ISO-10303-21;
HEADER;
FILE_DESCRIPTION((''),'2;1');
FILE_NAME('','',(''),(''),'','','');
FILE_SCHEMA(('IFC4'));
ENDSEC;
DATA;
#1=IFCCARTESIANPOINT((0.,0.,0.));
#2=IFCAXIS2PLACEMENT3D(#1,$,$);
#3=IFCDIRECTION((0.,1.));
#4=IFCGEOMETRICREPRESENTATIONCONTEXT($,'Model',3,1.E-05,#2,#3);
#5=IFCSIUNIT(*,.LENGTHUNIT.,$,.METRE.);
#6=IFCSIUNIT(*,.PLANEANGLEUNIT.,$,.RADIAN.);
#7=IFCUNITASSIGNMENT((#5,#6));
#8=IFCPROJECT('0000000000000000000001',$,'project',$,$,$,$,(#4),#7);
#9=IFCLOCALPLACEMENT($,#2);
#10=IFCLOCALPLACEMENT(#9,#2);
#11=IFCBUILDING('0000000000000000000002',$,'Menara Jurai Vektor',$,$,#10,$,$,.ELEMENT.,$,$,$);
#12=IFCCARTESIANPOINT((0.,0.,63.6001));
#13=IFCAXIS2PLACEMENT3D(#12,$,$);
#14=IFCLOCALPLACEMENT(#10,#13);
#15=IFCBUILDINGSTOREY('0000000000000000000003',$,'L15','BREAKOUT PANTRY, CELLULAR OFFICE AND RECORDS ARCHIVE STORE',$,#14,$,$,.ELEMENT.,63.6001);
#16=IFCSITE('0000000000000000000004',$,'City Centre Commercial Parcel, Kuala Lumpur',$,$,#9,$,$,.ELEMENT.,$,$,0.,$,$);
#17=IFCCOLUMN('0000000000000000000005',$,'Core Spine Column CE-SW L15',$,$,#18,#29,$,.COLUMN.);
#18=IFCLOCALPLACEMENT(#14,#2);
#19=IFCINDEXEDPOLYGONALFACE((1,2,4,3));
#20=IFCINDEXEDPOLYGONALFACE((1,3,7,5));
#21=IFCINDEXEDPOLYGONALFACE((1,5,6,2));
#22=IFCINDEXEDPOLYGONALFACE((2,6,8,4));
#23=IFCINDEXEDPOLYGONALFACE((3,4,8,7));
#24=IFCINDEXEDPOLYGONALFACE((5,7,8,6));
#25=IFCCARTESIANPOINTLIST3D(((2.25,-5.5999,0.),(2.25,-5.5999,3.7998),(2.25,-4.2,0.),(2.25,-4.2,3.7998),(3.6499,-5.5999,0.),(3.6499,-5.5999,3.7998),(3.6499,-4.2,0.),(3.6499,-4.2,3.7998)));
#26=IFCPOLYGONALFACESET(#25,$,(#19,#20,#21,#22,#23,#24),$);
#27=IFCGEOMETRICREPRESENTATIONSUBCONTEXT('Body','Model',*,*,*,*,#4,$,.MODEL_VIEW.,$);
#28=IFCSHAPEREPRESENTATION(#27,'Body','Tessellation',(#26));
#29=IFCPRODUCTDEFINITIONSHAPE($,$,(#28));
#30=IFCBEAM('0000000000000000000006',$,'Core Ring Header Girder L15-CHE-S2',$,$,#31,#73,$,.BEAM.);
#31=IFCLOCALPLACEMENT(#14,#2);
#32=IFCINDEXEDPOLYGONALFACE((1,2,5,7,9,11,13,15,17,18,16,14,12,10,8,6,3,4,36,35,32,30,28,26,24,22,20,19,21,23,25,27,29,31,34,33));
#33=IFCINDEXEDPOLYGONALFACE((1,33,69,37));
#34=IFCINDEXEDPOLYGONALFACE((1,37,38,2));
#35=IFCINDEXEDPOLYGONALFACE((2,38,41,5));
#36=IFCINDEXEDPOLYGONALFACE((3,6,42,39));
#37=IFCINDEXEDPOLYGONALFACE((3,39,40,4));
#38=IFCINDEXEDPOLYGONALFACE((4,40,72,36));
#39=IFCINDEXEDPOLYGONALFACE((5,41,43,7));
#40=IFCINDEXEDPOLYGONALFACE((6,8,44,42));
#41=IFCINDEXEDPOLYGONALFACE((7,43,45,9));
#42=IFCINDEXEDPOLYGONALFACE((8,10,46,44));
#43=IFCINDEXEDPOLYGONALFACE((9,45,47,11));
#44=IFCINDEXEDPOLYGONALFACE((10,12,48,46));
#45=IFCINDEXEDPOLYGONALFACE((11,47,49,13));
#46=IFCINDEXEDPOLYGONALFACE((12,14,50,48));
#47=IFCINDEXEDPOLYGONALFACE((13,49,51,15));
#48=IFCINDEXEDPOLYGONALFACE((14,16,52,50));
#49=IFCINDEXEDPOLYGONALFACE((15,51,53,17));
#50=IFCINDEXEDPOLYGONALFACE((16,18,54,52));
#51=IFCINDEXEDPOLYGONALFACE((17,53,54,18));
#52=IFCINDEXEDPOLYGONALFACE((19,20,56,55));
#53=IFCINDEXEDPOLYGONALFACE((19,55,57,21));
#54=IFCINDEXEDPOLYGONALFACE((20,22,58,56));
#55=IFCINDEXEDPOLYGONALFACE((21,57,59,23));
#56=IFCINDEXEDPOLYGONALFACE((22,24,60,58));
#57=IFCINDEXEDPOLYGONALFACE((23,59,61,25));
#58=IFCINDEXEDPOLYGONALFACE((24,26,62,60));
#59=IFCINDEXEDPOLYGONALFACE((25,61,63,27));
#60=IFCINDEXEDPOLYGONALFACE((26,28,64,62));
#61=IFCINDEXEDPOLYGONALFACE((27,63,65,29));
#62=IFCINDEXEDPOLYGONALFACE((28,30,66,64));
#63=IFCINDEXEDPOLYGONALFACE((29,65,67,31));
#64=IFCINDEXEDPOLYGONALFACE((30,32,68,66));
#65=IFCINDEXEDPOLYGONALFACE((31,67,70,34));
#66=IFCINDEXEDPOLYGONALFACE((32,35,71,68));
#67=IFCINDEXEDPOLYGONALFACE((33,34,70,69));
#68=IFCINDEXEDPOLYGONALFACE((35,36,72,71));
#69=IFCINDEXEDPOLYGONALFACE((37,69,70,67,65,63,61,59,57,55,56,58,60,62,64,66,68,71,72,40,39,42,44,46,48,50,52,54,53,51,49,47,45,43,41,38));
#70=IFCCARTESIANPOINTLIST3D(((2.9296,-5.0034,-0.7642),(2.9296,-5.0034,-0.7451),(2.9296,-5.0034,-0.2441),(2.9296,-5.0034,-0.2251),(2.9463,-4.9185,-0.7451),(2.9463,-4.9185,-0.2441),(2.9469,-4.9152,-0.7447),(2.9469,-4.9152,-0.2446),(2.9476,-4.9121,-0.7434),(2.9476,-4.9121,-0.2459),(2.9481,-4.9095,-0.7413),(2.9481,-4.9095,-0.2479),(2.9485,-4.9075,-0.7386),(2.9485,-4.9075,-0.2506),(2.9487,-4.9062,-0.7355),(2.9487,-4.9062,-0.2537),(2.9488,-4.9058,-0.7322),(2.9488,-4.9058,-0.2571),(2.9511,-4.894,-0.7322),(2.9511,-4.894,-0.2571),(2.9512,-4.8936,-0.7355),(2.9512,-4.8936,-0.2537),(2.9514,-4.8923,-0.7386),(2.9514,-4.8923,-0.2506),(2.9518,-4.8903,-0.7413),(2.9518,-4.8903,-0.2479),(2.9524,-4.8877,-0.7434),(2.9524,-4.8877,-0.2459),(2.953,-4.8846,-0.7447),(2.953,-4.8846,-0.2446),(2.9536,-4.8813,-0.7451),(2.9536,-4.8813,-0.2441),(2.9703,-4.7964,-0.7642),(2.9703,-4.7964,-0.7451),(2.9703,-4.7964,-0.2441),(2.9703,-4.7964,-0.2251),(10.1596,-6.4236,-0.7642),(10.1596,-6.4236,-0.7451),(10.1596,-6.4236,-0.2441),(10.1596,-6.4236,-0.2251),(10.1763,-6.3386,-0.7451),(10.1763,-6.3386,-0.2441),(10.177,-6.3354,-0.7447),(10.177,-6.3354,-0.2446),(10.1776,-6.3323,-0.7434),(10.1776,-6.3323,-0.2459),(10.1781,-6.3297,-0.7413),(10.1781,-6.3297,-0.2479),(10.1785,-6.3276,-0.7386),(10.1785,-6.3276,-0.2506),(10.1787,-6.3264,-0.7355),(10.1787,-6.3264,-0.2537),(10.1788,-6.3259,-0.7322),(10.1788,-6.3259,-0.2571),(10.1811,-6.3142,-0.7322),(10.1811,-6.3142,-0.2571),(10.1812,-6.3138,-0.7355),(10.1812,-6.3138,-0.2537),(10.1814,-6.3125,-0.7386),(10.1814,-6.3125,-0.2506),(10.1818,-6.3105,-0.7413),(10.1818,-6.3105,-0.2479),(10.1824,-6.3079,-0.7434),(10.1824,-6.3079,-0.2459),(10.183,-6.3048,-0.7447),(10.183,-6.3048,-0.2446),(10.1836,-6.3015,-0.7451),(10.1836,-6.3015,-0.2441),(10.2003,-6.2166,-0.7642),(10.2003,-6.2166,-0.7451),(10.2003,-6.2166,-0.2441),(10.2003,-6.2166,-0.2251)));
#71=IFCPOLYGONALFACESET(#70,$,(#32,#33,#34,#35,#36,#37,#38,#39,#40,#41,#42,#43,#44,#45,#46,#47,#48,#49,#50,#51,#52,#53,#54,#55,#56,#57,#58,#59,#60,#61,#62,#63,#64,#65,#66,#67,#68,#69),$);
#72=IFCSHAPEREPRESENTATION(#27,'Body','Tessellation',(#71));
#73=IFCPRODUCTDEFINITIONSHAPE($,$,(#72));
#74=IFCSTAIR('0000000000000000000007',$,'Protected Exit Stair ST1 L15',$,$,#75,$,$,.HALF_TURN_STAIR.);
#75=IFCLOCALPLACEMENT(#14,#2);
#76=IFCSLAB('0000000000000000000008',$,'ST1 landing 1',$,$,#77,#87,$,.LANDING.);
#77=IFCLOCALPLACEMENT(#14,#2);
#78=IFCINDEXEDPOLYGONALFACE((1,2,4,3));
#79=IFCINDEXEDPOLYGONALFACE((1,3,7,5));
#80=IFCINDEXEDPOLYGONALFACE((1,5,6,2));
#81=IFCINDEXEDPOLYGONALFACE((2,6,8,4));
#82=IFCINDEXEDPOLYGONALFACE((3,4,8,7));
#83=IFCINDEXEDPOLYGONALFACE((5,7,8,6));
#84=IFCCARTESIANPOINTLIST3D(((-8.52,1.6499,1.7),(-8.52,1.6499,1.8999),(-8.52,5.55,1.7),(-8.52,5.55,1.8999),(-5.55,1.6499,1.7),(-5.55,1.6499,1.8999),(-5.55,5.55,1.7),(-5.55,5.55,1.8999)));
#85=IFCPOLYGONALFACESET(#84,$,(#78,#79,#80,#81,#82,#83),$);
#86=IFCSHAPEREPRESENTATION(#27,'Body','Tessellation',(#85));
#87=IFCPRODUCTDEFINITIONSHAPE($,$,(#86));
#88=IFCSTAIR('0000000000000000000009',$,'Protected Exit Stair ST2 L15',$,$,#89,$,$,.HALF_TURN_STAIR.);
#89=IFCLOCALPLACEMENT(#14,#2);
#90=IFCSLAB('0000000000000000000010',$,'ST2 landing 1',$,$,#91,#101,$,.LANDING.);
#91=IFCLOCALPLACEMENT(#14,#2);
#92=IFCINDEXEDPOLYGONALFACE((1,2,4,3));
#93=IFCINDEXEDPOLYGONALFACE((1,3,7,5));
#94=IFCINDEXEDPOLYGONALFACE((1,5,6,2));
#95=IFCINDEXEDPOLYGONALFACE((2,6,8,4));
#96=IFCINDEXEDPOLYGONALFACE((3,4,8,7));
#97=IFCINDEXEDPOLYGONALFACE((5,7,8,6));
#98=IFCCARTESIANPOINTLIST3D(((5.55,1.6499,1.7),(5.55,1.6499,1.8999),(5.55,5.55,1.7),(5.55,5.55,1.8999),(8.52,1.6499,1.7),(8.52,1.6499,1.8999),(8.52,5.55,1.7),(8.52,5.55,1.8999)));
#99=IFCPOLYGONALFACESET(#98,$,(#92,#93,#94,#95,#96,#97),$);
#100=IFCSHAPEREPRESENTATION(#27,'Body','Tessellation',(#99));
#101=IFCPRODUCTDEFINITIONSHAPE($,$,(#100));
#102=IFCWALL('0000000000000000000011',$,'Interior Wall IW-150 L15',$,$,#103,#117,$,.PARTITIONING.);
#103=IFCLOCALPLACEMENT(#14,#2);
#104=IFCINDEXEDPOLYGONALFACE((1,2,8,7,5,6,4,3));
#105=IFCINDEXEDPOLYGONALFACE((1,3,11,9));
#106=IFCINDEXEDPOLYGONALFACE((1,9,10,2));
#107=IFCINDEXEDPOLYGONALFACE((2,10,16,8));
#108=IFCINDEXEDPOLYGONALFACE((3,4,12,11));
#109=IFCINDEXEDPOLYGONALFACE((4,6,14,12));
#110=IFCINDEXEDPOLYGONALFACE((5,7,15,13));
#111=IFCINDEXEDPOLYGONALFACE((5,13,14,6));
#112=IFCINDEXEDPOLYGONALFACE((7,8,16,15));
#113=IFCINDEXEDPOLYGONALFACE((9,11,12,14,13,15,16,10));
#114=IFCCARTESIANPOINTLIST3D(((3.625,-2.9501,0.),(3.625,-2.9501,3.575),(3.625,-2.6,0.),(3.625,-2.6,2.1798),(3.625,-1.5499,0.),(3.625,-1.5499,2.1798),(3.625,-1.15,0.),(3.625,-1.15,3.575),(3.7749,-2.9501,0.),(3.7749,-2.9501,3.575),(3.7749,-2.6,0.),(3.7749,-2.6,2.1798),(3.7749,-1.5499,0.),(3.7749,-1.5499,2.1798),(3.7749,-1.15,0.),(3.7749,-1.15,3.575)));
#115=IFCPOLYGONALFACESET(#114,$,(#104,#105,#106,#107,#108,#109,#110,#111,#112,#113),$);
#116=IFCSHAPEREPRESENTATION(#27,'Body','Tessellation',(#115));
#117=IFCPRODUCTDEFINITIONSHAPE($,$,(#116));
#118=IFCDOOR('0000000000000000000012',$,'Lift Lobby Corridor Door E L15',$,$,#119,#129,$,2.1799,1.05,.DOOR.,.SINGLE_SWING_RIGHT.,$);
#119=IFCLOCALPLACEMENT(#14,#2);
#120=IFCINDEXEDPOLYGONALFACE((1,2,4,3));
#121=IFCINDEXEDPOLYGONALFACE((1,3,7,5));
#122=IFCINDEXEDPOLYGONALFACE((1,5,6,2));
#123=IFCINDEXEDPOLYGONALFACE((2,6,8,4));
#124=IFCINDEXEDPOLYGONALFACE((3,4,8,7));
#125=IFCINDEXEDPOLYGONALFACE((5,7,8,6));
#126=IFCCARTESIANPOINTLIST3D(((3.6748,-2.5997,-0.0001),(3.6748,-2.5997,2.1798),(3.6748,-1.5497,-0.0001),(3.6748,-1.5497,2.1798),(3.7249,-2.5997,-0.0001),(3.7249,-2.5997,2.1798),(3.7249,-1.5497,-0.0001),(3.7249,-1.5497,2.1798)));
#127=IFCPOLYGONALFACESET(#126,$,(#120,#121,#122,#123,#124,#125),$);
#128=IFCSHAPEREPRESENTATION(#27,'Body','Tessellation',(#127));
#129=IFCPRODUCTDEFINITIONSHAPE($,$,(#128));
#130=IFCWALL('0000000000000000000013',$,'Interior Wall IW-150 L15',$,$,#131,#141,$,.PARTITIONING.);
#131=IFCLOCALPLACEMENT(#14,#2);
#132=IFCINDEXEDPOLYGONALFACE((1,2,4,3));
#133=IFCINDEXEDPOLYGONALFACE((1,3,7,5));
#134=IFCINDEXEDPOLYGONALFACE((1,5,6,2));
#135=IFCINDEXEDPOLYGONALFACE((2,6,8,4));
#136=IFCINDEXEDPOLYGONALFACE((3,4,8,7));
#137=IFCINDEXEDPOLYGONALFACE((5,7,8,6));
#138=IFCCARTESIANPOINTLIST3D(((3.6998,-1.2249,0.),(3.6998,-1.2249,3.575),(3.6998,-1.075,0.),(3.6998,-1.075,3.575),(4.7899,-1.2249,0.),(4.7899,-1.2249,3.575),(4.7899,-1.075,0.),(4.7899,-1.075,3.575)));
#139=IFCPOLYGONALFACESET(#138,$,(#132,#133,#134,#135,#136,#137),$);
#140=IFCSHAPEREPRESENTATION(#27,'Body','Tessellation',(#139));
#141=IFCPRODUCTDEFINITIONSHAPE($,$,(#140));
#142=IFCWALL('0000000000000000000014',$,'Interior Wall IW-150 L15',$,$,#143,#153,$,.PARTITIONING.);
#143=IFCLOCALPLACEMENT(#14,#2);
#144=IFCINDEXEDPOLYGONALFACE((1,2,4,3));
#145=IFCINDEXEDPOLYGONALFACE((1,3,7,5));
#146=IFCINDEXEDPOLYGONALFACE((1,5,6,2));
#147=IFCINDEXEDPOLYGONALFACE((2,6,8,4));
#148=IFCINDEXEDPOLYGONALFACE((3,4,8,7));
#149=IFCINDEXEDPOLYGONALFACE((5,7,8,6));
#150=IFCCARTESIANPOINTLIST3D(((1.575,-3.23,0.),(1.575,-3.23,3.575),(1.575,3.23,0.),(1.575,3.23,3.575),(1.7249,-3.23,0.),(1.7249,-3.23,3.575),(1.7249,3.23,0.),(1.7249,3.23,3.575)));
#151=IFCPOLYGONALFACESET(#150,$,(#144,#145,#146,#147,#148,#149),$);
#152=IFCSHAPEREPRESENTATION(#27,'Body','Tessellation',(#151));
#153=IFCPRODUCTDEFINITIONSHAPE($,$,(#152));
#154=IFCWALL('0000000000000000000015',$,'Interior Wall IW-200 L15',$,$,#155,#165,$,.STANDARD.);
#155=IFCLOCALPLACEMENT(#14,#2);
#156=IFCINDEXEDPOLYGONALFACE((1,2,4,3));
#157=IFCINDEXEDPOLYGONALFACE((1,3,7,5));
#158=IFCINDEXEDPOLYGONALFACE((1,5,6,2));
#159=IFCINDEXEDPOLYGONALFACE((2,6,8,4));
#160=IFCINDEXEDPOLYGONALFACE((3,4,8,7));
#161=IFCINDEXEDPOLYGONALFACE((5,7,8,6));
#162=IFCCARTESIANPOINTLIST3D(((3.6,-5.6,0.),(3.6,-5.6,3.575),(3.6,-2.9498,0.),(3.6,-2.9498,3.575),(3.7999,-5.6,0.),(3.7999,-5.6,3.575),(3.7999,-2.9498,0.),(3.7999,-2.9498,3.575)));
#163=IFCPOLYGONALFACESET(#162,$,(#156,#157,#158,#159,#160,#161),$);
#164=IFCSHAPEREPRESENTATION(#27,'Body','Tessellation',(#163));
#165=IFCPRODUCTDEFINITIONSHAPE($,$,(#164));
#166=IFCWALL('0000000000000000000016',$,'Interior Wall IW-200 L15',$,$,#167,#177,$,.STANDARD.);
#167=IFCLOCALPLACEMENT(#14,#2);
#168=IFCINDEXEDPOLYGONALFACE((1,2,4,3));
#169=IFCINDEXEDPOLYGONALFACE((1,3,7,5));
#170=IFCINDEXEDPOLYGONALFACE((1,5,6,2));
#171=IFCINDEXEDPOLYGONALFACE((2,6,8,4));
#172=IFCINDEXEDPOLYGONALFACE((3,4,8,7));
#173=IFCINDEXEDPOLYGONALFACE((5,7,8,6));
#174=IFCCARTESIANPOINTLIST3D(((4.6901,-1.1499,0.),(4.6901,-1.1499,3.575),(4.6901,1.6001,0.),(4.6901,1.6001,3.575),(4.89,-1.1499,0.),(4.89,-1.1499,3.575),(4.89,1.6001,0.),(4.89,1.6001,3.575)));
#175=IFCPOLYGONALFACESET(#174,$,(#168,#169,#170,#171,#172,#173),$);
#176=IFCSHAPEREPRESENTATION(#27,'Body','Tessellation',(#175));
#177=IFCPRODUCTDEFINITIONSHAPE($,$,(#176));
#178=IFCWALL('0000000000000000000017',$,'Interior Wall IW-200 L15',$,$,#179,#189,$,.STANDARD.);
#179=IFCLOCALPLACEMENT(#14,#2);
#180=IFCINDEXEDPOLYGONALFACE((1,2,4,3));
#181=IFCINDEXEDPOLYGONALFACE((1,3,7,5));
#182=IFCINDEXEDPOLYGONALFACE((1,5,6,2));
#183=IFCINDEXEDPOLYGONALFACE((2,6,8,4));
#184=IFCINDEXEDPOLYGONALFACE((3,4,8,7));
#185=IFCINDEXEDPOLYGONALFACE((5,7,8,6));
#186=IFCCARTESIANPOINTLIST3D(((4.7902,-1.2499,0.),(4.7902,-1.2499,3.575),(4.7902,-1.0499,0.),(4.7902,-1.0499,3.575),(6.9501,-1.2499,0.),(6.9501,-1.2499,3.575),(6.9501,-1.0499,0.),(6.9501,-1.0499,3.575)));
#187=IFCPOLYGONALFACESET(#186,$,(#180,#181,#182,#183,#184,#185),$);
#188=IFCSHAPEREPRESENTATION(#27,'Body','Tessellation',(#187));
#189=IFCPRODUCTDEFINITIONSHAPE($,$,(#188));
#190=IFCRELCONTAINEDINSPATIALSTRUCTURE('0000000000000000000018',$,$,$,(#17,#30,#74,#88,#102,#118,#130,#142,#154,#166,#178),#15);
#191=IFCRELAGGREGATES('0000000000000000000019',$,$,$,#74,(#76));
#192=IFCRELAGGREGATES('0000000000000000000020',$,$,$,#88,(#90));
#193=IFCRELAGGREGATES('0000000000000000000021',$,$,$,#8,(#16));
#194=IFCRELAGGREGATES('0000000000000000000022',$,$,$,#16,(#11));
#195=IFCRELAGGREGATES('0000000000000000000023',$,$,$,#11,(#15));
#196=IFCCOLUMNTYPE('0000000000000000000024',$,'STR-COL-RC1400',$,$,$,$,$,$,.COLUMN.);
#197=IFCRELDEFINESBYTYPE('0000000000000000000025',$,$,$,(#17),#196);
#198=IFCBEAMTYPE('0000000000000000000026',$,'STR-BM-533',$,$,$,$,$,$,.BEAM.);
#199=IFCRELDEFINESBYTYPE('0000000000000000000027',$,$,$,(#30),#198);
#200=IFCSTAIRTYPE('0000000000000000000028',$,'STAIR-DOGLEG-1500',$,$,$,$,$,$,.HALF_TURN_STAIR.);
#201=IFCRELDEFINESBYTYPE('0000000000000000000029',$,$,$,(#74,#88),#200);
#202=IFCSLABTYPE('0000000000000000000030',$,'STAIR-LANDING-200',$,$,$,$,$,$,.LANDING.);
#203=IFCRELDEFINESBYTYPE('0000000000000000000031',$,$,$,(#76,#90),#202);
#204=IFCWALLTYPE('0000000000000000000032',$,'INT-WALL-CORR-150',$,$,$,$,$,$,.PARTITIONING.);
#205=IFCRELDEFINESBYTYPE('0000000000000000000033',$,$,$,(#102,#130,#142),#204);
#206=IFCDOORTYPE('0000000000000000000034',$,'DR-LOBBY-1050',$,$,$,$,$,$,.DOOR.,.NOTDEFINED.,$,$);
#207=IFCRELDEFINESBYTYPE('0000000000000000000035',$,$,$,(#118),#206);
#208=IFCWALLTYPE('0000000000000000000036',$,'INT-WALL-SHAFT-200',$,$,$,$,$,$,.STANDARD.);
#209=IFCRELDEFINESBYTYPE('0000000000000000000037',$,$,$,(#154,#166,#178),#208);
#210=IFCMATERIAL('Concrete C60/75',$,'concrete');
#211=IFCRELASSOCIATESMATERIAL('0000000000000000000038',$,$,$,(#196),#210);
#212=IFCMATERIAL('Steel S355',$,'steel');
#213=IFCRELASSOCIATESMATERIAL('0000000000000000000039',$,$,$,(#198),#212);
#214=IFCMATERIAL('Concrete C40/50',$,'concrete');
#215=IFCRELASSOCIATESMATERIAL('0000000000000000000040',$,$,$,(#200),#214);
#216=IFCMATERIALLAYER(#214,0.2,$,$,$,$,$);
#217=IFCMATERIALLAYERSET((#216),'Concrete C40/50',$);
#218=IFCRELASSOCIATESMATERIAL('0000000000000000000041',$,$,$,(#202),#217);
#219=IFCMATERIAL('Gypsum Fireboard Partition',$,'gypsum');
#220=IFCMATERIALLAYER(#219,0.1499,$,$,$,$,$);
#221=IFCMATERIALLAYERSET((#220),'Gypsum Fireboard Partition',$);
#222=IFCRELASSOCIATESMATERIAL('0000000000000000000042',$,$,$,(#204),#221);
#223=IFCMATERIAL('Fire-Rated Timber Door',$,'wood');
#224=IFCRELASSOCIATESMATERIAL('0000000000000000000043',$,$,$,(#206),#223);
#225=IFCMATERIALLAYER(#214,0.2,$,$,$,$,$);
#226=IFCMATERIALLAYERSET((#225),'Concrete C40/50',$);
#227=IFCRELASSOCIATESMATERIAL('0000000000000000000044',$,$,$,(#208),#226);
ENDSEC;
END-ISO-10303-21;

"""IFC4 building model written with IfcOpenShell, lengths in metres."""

from ifc_helpers import new_model, si_unit, direction, frame, frame_2d, origin, origin_2d, place, context, subcontext, project, spatial, polyline, rectangle, i_section, outline, extrude, material, layer, layer_set, material_profile, profile_set, type_object, element, fill, aggregate, save


model = new_model("IFC4")

# Units and contexts
model_context = context("Model", 3, precision=1e-05, world=origin(), true_north=direction((0.0, 1.0)))
body_context = subcontext(model_context, "Body", "Model", "MODEL_VIEW")
ifc_project = project(units=[si_unit("LENGTHUNIT", "METRE"), si_unit("PLANEANGLEUNIT", "RADIAN")], contexts=[model_context])

# Site, building, storey
site_placement = place(None, origin())
site = spatial("IfcSite", under=ifc_project, at=site_placement, Name="City Centre Commercial Parcel, Kuala Lumpur", CompositionType="ELEMENT", RefElevation=0.0)
building_placement = place(site_placement, origin())
building = spatial("IfcBuilding", under=site, at=building_placement, Name="Menara Jurai Vektor", CompositionType="ELEMENT")
storey_placement = place(building_placement, frame((0.0, 0.0, 63.6001)))
storey = spatial("IfcBuildingStorey", under=building, at=storey_placement, Name="L15", Description="BREAKOUT PANTRY, CELLULAR OFFICE AND RECORDS ARCHIVE STORE", CompositionType="ELEMENT", Elevation=63.6001)

# Column
ifc_material_1 = material(Name="Concrete C60/75", Category="concrete")
ifc_material_profile_1 = material_profile(ifc_material_1, rectangle(XDim=1.3999, YDim=1.3999, at=origin_2d()), Name="RC 1400x1400")
ifc_profile_set_1 = profile_set([ifc_material_profile_1], Name="Concrete C60/75")
column_type = type_object("IfcColumnType", Name="STR-COL-RC1400", PredefinedType="COLUMN", material=ifc_profile_set_1)
column_placement = place(storey_placement, frame((2.95, -4.8999, 0.0), z_axis=(0.0, 0.0, 1.0), x_axis=(1.0, 0.0, 0.0)))
element("IfcColumn", 1, at=column_placement, inside=storey, type_object=column_type, Name="Core Spine Column CE-SW L15", PredefinedType="COLUMN", context=body_context, shape_type="SweptSolid", body=[
    extrude(rectangle(XDim=1.3999, YDim=1.3999, at=origin_2d()), origin(), (0.0, 0.0, 1.0), 3.7998),
])

# Beam
ifc_material_2 = material(Name="Steel S355", Category="steel")
ifc_material_profile_2 = material_profile(ifc_material_2, i_section(OverallWidth=0.2109, OverallDepth=0.5391, WebThickness=0.012, FlangeThickness=0.019, FilletRadius=0.0129, at=origin_2d()), Name="UKB 533x210x109")
ifc_profile_set_2 = profile_set([ifc_material_profile_2], Name="Steel S355")
beam_type = type_object("IfcBeamType", Name="STR-BM-533", PredefinedType="BEAM", material=ifc_profile_set_2)
beam_placement = place(storey_placement, frame((2.95, -4.8999, -0.4946), z_axis=(0.981249, -0.192744, 0.0), x_axis=(0.192744, 0.981249, 0.0)))
element("IfcBeam", 2, at=beam_placement, inside=storey, type_object=beam_type, Name="Core Ring Header Girder L15-CHE-S2", PredefinedType="BEAM", context=body_context, shape_type="SweptSolid", body=[
    extrude(i_section(OverallWidth=0.2109, OverallDepth=0.5391, WebThickness=0.012, FlangeThickness=0.019, FilletRadius=0.0129, at=origin_2d()), origin(), (0.0, 0.0, 1.0), 7.3682),
])

# Stairs, slabs
ifc_material_3 = material(Name="Concrete C40/50", Category="concrete")
stair_type = type_object("IfcStairType", Name="STAIR-DOGLEG-1500", PredefinedType="HALF_TURN_STAIR", material=ifc_material_3)
stair_1_placement = place(storey_placement, origin())
stair_1 = element("IfcStair", 3, at=stair_1_placement, inside=storey, type_object=stair_type, Name="Protected Exit Stair ST1 L15", PredefinedType="HALF_TURN_STAIR")
ifc_layer_1 = layer(ifc_material_3, 0.2)
ifc_layer_set_1 = layer_set([ifc_layer_1], Name="Concrete C40/50")
slab_type = type_object("IfcSlabType", Name="STAIR-LANDING-200", PredefinedType="LANDING", material=ifc_layer_set_1)
slab_1_placement = place(storey_placement, frame((0.0, 0.0, 1.7)))
slab_1 = element("IfcSlab", 4, at=slab_1_placement, type_object=slab_type, Name="ST1 landing 1", PredefinedType="LANDING", context=body_context, shape_type="SweptSolid", body=[
    extrude(outline(polyline([(-8.52, 1.6499), (-5.55, 1.6499), (-5.55, 5.55), (-8.52, 5.55), (-8.52, 1.6499)])), origin(), (0.0, 0.0, 1.0), 0.2),
])
aggregate(stair_1, [slab_1])
stair_2_placement = place(storey_placement, origin())
stair_2 = element("IfcStair", 5, at=stair_2_placement, inside=storey, type_object=stair_type, Name="Protected Exit Stair ST2 L15", PredefinedType="HALF_TURN_STAIR")
slab_2_placement = place(storey_placement, frame((0.0, 0.0, 1.7)))
slab_2 = element("IfcSlab", 6, at=slab_2_placement, type_object=slab_type, Name="ST2 landing 1", PredefinedType="LANDING", context=body_context, shape_type="SweptSolid", body=[
    extrude(outline(polyline([(5.55, 1.6499), (8.52, 1.6499), (8.52, 5.55), (5.55, 5.55), (5.55, 1.6499)])), origin(), (0.0, 0.0, 1.0), 0.2),
])
aggregate(stair_2, [slab_2])

# Wall, opening, door
ifc_material_4 = material(Name="Gypsum Fireboard Partition", Category="gypsum")
ifc_layer_2 = layer(ifc_material_4, 0.1499)
ifc_layer_set_2 = layer_set([ifc_layer_2], Name="Gypsum Fireboard Partition")
wall_type_1 = type_object("IfcWallType", Name="INT-WALL-CORR-150", PredefinedType="PARTITIONING", material=ifc_layer_set_2)
wall_1_placement = place(storey_placement, frame((3.7, -2.95, 0.0), z_axis=(0.0, 0.0, 1.0), x_axis=(0.0, 1.0, 0.0)))
wall_1 = element("IfcWall", 7, at=wall_1_placement, inside=storey, type_object=wall_type_1, Name="Interior Wall IW-150 L15", PredefinedType="PARTITIONING", context=body_context, shape_type="SweptSolid", body=[
    extrude(rectangle(XDim=1.8, YDim=0.1499, at=frame_2d((0.8999, 0.0))), origin(), (0.0, 0.0, 1.0), 3.575),
])
opening_1_placement = place(wall_1_placement, frame((0.3501, 0.0, 0.0)))
opening_1 = element("IfcOpeningElement", 8, at=opening_1_placement, cuts=wall_1, PredefinedType="OPENING", context=body_context, shape_type="SweptSolid", body=[
    extrude(rectangle(XDim=1.05, YDim=2.1799, at=frame_2d((0.5249, 1.0898))), frame((0.0, 0.085, 0.0), z_axis=(0.0, -1.0, 0.0), x_axis=(1.0, 0.0, 0.0)), (0.0, 0.0, 1.0), 0.1699),
])
ifc_material_5 = material(Name="Fire-Rated Timber Door", Category="wood")
door_type_1 = type_object("IfcDoorType", Name="DR-LOBBY-1050", OperationType="NOTDEFINED", PredefinedType="DOOR", material=ifc_material_5)
door_1_placement = place(opening_1_placement, frame((1.05, 0.0, 0.0), z_axis=(0.0, 0.0, 1.0), x_axis=(-1.0, 0.0, 0.0)))
door_1 = element("IfcDoor", 9, at=door_1_placement, inside=storey, type_object=door_type_1, Name="Lift Lobby Corridor Door E L15", OperationType="SINGLE_SWING_RIGHT", OverallHeight=2.1799, OverallWidth=1.05, PredefinedType="DOOR", context=body_context, shape_type="SweptSolid", body=[
    extrude(rectangle(XDim=1.05, YDim=2.1799, at=frame_2d((0.5249, 1.0898))), frame((0.0, 0.0249, 0.0), z_axis=(0.0, -1.0, 0.0), x_axis=(1.0, 0.0, 0.0)), (0.0, 0.0, 1.0), 0.05),
])
fill(opening_1, door_1)

# Walls
wall_2_placement = place(storey_placement, frame((3.7, -1.1499, 0.0), z_axis=(0.0, 0.0, 1.0), x_axis=(1.0, 0.0, 0.0)))
element("IfcWall", 10, at=wall_2_placement, inside=storey, type_object=wall_type_1, Name="Interior Wall IW-150 L15", PredefinedType="PARTITIONING", context=body_context, shape_type="SweptSolid", body=[
    extrude(rectangle(XDim=1.0901, YDim=0.1499, at=frame_2d((0.5449, 0.0))), origin(), (0.0, 0.0, 1.0), 3.575),
])
wall_3_placement = place(storey_placement, frame((1.6499, -3.23, 0.0), z_axis=(0.0, 0.0, 1.0), x_axis=(0.0, 1.0, 0.0)))
element("IfcWall", 11, at=wall_3_placement, inside=storey, type_object=wall_type_1, Name="Interior Wall IW-150 L15", PredefinedType="PARTITIONING", context=body_context, shape_type="SweptSolid", body=[
    extrude(rectangle(XDim=6.46, YDim=0.1499, at=frame_2d((3.23, 0.0))), origin(), (0.0, 0.0, 1.0), 3.575),
])

# Shared definitions
ifc_layer_3 = layer(ifc_material_3, 0.2)
ifc_layer_set_3 = layer_set([ifc_layer_3], Name="Concrete C40/50")
wall_type_2 = type_object("IfcWallType", Name="INT-WALL-SHAFT-200", PredefinedType="STANDARD", material=ifc_layer_set_3)

# Walls
wall_4_placement = place(storey_placement, frame((3.7, -5.6001, 0.0), z_axis=(0.0, 0.0, 1.0), x_axis=(0.0, 1.0, 0.0)))
element("IfcWall", 12, at=wall_4_placement, inside=storey, type_object=wall_type_2, Name="Interior Wall IW-200 L15", PredefinedType="STANDARD", context=body_context, shape_type="SweptSolid", body=[
    extrude(rectangle(XDim=2.6501, YDim=0.2, at=frame_2d((1.3252, 0.0))), origin(), (0.0, 0.0, 1.0), 3.575),
])
wall_5_placement = place(storey_placement, frame((4.79, -1.1499, 0.0), z_axis=(0.0, 0.0, 1.0), x_axis=(0.0, 1.0, 0.0)))
element("IfcWall", 13, at=wall_5_placement, inside=storey, type_object=wall_type_2, Name="Interior Wall IW-200 L15", PredefinedType="STANDARD", context=body_context, shape_type="SweptSolid", body=[
    extrude(rectangle(XDim=2.75, YDim=0.2, at=frame_2d((1.375, 0.0))), origin(), (0.0, 0.0, 1.0), 3.575),
])
wall_6_placement = place(storey_placement, frame((4.79, -1.1499, 0.0), z_axis=(0.0, 0.0, 1.0), x_axis=(1.0, 0.0, 0.0)))
element("IfcWall", 14, at=wall_6_placement, inside=storey, type_object=wall_type_2, Name="Interior Wall IW-200 L15", PredefinedType="STANDARD", context=body_context, shape_type="SweptSolid", body=[
    extrude(rectangle(XDim=2.1599, YDim=0.2, at=frame_2d((1.0801, 0.0))), origin(), (0.0, 0.0, 1.0), 3.575),
])

save(model, "model.ifc")
